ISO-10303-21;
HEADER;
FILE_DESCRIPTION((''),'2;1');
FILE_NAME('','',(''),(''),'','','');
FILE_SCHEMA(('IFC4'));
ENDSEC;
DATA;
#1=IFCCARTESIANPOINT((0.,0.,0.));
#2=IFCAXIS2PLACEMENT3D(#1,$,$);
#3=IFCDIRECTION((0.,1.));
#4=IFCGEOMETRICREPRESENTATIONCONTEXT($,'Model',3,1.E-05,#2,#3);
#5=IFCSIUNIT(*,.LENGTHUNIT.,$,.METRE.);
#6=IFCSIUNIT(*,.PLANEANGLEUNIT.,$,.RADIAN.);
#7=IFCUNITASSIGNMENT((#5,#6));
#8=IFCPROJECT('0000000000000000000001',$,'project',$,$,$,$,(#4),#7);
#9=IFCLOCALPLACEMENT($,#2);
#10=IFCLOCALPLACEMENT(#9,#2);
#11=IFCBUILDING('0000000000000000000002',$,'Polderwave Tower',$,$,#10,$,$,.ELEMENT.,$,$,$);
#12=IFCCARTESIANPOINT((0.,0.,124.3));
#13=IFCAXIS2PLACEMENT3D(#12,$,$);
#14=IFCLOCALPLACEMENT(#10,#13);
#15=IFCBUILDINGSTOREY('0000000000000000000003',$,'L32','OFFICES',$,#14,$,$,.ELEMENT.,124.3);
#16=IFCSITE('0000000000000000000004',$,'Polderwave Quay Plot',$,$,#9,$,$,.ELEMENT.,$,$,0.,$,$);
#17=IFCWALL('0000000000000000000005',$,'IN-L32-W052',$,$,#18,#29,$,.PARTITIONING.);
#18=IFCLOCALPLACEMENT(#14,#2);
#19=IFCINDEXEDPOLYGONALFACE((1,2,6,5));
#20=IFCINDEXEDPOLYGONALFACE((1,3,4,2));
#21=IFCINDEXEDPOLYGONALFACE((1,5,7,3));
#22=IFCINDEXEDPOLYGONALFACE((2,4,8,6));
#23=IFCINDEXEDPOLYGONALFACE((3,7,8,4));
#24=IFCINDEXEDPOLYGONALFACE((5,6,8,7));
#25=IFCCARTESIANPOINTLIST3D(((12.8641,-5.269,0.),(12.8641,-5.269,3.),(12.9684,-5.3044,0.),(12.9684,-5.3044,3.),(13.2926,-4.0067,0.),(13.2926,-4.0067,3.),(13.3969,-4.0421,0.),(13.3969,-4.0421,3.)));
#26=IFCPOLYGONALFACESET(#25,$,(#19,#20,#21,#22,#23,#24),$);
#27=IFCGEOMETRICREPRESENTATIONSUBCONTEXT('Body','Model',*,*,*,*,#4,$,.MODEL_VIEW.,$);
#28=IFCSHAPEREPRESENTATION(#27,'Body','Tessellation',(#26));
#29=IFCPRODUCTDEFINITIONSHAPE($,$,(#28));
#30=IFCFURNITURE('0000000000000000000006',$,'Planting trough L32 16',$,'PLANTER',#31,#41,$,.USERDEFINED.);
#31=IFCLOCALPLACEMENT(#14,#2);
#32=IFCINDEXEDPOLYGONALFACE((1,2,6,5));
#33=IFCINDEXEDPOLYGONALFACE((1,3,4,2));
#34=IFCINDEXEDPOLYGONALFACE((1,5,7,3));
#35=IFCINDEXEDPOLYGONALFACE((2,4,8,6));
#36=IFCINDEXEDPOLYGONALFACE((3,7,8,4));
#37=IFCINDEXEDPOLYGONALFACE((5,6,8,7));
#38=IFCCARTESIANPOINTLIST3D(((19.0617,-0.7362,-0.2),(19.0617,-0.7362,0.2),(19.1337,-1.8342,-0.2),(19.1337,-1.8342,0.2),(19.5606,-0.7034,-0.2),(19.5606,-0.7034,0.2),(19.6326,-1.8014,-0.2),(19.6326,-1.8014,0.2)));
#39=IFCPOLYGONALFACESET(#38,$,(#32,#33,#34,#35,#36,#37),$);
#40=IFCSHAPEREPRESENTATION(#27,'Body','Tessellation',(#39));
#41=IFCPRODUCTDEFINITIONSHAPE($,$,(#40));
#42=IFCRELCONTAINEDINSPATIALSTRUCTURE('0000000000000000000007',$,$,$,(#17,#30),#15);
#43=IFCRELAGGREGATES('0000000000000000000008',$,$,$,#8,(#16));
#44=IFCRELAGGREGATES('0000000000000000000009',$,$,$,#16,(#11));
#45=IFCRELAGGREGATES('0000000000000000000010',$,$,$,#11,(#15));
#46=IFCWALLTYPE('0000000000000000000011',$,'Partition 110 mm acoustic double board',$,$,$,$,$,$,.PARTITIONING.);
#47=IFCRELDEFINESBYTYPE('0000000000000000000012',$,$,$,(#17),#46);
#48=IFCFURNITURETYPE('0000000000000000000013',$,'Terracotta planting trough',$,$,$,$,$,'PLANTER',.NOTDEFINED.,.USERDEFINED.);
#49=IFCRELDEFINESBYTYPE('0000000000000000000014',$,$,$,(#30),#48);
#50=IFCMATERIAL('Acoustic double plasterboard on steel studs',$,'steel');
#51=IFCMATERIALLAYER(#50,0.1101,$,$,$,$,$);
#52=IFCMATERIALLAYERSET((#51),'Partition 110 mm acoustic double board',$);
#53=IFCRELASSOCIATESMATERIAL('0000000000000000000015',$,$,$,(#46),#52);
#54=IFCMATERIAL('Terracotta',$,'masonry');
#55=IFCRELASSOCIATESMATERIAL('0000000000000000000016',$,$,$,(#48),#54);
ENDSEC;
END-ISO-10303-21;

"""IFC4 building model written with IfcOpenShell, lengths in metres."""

from ifc_helpers import new_model, si_unit, direction, frame, frame_2d, origin, origin_2d, place, context, subcontext, project, spatial, rectangle, extrude, material, layer, layer_set, type_object, element, save


model = new_model("IFC4")

# Units and contexts
model_context = context("Model", 3, precision=1e-05, world=origin(), true_north=direction((0.0, 1.0)))
body_context = subcontext(model_context, "Body", "Model", "MODEL_VIEW")
ifc_project = project(units=[si_unit("LENGTHUNIT", "METRE"), si_unit("PLANEANGLEUNIT", "RADIAN")], contexts=[model_context])

# Site, building, storey
site_placement = place(None, origin())
site = spatial("IfcSite", under=ifc_project, at=site_placement, Name="Polderwave Quay Plot", CompositionType="ELEMENT", RefElevation=0.0)
building_placement = place(site_placement, origin())
building = spatial("IfcBuilding", under=site, at=building_placement, Name="Polderwave Tower", CompositionType="ELEMENT")
storey_placement = place(building_placement, frame((0.0, 0.0, 124.3)))
storey = spatial("IfcBuildingStorey", under=building, at=storey_placement, Name="L32", Description="OFFICES", CompositionType="ELEMENT", Elevation=124.3)

# Wall
ifc_material_1 = material(Name="Acoustic double plasterboard on steel studs", Category="steel")
ifc_layer_1 = layer(ifc_material_1, 0.1101)
ifc_layer_set_1 = layer_set([ifc_layer_1], Name="Partition 110 mm acoustic double board")
wall_type_1 = type_object("IfcWallType", Name="Partition 110 mm acoustic double board", PredefinedType="PARTITIONING", material=ifc_layer_set_1)
wall_1_placement = place(storey_placement, frame((13.3447, -4.0244, 0.0), z_axis=(0.0, 0.0, 1.0), x_axis=(-0.321443, -0.946929, 0.0)))
element("IfcWall", 1, at=wall_1_placement, inside=storey, type_object=wall_type_1, Name="IN-L32-W052", PredefinedType="PARTITIONING", context=body_context, shape_type="SweptSolid", body=[
    extrude(rectangle(XDim=1.333, YDim=0.1101, at=frame_2d((0.6665, 0.0))), origin(), (0.0, 0.0, 1.0), 3.0),
])

# Furniture
ifc_material_2 = material(Name="Terracotta", Category="masonry")
furniture_type = type_object("IfcFurnitureType", Name="Terracotta planting trough", ElementType="PLANTER", AssemblyPlace="NOTDEFINED", PredefinedType="USERDEFINED", material=ifc_material_2)
furniture_placement = place(storey_placement, frame((19.3472, -1.2688, -0.2), z_axis=(0.0, 0.0, 1.0), x_axis=(-0.065468, 0.997855, 0.0)))
element("IfcFurniture", 2, at=furniture_placement, inside=storey, type_object=furniture_type, Name="Planting trough L32 16", ObjectType="PLANTER", PredefinedType="USERDEFINED", context=body_context, shape_type="SweptSolid", body=[
    extrude(rectangle(XDim=1.1003, YDim=0.5, at=origin_2d()), origin(), (0.0, 0.0, 1.0), 0.3999),
])

save(model, "model.ifc")
